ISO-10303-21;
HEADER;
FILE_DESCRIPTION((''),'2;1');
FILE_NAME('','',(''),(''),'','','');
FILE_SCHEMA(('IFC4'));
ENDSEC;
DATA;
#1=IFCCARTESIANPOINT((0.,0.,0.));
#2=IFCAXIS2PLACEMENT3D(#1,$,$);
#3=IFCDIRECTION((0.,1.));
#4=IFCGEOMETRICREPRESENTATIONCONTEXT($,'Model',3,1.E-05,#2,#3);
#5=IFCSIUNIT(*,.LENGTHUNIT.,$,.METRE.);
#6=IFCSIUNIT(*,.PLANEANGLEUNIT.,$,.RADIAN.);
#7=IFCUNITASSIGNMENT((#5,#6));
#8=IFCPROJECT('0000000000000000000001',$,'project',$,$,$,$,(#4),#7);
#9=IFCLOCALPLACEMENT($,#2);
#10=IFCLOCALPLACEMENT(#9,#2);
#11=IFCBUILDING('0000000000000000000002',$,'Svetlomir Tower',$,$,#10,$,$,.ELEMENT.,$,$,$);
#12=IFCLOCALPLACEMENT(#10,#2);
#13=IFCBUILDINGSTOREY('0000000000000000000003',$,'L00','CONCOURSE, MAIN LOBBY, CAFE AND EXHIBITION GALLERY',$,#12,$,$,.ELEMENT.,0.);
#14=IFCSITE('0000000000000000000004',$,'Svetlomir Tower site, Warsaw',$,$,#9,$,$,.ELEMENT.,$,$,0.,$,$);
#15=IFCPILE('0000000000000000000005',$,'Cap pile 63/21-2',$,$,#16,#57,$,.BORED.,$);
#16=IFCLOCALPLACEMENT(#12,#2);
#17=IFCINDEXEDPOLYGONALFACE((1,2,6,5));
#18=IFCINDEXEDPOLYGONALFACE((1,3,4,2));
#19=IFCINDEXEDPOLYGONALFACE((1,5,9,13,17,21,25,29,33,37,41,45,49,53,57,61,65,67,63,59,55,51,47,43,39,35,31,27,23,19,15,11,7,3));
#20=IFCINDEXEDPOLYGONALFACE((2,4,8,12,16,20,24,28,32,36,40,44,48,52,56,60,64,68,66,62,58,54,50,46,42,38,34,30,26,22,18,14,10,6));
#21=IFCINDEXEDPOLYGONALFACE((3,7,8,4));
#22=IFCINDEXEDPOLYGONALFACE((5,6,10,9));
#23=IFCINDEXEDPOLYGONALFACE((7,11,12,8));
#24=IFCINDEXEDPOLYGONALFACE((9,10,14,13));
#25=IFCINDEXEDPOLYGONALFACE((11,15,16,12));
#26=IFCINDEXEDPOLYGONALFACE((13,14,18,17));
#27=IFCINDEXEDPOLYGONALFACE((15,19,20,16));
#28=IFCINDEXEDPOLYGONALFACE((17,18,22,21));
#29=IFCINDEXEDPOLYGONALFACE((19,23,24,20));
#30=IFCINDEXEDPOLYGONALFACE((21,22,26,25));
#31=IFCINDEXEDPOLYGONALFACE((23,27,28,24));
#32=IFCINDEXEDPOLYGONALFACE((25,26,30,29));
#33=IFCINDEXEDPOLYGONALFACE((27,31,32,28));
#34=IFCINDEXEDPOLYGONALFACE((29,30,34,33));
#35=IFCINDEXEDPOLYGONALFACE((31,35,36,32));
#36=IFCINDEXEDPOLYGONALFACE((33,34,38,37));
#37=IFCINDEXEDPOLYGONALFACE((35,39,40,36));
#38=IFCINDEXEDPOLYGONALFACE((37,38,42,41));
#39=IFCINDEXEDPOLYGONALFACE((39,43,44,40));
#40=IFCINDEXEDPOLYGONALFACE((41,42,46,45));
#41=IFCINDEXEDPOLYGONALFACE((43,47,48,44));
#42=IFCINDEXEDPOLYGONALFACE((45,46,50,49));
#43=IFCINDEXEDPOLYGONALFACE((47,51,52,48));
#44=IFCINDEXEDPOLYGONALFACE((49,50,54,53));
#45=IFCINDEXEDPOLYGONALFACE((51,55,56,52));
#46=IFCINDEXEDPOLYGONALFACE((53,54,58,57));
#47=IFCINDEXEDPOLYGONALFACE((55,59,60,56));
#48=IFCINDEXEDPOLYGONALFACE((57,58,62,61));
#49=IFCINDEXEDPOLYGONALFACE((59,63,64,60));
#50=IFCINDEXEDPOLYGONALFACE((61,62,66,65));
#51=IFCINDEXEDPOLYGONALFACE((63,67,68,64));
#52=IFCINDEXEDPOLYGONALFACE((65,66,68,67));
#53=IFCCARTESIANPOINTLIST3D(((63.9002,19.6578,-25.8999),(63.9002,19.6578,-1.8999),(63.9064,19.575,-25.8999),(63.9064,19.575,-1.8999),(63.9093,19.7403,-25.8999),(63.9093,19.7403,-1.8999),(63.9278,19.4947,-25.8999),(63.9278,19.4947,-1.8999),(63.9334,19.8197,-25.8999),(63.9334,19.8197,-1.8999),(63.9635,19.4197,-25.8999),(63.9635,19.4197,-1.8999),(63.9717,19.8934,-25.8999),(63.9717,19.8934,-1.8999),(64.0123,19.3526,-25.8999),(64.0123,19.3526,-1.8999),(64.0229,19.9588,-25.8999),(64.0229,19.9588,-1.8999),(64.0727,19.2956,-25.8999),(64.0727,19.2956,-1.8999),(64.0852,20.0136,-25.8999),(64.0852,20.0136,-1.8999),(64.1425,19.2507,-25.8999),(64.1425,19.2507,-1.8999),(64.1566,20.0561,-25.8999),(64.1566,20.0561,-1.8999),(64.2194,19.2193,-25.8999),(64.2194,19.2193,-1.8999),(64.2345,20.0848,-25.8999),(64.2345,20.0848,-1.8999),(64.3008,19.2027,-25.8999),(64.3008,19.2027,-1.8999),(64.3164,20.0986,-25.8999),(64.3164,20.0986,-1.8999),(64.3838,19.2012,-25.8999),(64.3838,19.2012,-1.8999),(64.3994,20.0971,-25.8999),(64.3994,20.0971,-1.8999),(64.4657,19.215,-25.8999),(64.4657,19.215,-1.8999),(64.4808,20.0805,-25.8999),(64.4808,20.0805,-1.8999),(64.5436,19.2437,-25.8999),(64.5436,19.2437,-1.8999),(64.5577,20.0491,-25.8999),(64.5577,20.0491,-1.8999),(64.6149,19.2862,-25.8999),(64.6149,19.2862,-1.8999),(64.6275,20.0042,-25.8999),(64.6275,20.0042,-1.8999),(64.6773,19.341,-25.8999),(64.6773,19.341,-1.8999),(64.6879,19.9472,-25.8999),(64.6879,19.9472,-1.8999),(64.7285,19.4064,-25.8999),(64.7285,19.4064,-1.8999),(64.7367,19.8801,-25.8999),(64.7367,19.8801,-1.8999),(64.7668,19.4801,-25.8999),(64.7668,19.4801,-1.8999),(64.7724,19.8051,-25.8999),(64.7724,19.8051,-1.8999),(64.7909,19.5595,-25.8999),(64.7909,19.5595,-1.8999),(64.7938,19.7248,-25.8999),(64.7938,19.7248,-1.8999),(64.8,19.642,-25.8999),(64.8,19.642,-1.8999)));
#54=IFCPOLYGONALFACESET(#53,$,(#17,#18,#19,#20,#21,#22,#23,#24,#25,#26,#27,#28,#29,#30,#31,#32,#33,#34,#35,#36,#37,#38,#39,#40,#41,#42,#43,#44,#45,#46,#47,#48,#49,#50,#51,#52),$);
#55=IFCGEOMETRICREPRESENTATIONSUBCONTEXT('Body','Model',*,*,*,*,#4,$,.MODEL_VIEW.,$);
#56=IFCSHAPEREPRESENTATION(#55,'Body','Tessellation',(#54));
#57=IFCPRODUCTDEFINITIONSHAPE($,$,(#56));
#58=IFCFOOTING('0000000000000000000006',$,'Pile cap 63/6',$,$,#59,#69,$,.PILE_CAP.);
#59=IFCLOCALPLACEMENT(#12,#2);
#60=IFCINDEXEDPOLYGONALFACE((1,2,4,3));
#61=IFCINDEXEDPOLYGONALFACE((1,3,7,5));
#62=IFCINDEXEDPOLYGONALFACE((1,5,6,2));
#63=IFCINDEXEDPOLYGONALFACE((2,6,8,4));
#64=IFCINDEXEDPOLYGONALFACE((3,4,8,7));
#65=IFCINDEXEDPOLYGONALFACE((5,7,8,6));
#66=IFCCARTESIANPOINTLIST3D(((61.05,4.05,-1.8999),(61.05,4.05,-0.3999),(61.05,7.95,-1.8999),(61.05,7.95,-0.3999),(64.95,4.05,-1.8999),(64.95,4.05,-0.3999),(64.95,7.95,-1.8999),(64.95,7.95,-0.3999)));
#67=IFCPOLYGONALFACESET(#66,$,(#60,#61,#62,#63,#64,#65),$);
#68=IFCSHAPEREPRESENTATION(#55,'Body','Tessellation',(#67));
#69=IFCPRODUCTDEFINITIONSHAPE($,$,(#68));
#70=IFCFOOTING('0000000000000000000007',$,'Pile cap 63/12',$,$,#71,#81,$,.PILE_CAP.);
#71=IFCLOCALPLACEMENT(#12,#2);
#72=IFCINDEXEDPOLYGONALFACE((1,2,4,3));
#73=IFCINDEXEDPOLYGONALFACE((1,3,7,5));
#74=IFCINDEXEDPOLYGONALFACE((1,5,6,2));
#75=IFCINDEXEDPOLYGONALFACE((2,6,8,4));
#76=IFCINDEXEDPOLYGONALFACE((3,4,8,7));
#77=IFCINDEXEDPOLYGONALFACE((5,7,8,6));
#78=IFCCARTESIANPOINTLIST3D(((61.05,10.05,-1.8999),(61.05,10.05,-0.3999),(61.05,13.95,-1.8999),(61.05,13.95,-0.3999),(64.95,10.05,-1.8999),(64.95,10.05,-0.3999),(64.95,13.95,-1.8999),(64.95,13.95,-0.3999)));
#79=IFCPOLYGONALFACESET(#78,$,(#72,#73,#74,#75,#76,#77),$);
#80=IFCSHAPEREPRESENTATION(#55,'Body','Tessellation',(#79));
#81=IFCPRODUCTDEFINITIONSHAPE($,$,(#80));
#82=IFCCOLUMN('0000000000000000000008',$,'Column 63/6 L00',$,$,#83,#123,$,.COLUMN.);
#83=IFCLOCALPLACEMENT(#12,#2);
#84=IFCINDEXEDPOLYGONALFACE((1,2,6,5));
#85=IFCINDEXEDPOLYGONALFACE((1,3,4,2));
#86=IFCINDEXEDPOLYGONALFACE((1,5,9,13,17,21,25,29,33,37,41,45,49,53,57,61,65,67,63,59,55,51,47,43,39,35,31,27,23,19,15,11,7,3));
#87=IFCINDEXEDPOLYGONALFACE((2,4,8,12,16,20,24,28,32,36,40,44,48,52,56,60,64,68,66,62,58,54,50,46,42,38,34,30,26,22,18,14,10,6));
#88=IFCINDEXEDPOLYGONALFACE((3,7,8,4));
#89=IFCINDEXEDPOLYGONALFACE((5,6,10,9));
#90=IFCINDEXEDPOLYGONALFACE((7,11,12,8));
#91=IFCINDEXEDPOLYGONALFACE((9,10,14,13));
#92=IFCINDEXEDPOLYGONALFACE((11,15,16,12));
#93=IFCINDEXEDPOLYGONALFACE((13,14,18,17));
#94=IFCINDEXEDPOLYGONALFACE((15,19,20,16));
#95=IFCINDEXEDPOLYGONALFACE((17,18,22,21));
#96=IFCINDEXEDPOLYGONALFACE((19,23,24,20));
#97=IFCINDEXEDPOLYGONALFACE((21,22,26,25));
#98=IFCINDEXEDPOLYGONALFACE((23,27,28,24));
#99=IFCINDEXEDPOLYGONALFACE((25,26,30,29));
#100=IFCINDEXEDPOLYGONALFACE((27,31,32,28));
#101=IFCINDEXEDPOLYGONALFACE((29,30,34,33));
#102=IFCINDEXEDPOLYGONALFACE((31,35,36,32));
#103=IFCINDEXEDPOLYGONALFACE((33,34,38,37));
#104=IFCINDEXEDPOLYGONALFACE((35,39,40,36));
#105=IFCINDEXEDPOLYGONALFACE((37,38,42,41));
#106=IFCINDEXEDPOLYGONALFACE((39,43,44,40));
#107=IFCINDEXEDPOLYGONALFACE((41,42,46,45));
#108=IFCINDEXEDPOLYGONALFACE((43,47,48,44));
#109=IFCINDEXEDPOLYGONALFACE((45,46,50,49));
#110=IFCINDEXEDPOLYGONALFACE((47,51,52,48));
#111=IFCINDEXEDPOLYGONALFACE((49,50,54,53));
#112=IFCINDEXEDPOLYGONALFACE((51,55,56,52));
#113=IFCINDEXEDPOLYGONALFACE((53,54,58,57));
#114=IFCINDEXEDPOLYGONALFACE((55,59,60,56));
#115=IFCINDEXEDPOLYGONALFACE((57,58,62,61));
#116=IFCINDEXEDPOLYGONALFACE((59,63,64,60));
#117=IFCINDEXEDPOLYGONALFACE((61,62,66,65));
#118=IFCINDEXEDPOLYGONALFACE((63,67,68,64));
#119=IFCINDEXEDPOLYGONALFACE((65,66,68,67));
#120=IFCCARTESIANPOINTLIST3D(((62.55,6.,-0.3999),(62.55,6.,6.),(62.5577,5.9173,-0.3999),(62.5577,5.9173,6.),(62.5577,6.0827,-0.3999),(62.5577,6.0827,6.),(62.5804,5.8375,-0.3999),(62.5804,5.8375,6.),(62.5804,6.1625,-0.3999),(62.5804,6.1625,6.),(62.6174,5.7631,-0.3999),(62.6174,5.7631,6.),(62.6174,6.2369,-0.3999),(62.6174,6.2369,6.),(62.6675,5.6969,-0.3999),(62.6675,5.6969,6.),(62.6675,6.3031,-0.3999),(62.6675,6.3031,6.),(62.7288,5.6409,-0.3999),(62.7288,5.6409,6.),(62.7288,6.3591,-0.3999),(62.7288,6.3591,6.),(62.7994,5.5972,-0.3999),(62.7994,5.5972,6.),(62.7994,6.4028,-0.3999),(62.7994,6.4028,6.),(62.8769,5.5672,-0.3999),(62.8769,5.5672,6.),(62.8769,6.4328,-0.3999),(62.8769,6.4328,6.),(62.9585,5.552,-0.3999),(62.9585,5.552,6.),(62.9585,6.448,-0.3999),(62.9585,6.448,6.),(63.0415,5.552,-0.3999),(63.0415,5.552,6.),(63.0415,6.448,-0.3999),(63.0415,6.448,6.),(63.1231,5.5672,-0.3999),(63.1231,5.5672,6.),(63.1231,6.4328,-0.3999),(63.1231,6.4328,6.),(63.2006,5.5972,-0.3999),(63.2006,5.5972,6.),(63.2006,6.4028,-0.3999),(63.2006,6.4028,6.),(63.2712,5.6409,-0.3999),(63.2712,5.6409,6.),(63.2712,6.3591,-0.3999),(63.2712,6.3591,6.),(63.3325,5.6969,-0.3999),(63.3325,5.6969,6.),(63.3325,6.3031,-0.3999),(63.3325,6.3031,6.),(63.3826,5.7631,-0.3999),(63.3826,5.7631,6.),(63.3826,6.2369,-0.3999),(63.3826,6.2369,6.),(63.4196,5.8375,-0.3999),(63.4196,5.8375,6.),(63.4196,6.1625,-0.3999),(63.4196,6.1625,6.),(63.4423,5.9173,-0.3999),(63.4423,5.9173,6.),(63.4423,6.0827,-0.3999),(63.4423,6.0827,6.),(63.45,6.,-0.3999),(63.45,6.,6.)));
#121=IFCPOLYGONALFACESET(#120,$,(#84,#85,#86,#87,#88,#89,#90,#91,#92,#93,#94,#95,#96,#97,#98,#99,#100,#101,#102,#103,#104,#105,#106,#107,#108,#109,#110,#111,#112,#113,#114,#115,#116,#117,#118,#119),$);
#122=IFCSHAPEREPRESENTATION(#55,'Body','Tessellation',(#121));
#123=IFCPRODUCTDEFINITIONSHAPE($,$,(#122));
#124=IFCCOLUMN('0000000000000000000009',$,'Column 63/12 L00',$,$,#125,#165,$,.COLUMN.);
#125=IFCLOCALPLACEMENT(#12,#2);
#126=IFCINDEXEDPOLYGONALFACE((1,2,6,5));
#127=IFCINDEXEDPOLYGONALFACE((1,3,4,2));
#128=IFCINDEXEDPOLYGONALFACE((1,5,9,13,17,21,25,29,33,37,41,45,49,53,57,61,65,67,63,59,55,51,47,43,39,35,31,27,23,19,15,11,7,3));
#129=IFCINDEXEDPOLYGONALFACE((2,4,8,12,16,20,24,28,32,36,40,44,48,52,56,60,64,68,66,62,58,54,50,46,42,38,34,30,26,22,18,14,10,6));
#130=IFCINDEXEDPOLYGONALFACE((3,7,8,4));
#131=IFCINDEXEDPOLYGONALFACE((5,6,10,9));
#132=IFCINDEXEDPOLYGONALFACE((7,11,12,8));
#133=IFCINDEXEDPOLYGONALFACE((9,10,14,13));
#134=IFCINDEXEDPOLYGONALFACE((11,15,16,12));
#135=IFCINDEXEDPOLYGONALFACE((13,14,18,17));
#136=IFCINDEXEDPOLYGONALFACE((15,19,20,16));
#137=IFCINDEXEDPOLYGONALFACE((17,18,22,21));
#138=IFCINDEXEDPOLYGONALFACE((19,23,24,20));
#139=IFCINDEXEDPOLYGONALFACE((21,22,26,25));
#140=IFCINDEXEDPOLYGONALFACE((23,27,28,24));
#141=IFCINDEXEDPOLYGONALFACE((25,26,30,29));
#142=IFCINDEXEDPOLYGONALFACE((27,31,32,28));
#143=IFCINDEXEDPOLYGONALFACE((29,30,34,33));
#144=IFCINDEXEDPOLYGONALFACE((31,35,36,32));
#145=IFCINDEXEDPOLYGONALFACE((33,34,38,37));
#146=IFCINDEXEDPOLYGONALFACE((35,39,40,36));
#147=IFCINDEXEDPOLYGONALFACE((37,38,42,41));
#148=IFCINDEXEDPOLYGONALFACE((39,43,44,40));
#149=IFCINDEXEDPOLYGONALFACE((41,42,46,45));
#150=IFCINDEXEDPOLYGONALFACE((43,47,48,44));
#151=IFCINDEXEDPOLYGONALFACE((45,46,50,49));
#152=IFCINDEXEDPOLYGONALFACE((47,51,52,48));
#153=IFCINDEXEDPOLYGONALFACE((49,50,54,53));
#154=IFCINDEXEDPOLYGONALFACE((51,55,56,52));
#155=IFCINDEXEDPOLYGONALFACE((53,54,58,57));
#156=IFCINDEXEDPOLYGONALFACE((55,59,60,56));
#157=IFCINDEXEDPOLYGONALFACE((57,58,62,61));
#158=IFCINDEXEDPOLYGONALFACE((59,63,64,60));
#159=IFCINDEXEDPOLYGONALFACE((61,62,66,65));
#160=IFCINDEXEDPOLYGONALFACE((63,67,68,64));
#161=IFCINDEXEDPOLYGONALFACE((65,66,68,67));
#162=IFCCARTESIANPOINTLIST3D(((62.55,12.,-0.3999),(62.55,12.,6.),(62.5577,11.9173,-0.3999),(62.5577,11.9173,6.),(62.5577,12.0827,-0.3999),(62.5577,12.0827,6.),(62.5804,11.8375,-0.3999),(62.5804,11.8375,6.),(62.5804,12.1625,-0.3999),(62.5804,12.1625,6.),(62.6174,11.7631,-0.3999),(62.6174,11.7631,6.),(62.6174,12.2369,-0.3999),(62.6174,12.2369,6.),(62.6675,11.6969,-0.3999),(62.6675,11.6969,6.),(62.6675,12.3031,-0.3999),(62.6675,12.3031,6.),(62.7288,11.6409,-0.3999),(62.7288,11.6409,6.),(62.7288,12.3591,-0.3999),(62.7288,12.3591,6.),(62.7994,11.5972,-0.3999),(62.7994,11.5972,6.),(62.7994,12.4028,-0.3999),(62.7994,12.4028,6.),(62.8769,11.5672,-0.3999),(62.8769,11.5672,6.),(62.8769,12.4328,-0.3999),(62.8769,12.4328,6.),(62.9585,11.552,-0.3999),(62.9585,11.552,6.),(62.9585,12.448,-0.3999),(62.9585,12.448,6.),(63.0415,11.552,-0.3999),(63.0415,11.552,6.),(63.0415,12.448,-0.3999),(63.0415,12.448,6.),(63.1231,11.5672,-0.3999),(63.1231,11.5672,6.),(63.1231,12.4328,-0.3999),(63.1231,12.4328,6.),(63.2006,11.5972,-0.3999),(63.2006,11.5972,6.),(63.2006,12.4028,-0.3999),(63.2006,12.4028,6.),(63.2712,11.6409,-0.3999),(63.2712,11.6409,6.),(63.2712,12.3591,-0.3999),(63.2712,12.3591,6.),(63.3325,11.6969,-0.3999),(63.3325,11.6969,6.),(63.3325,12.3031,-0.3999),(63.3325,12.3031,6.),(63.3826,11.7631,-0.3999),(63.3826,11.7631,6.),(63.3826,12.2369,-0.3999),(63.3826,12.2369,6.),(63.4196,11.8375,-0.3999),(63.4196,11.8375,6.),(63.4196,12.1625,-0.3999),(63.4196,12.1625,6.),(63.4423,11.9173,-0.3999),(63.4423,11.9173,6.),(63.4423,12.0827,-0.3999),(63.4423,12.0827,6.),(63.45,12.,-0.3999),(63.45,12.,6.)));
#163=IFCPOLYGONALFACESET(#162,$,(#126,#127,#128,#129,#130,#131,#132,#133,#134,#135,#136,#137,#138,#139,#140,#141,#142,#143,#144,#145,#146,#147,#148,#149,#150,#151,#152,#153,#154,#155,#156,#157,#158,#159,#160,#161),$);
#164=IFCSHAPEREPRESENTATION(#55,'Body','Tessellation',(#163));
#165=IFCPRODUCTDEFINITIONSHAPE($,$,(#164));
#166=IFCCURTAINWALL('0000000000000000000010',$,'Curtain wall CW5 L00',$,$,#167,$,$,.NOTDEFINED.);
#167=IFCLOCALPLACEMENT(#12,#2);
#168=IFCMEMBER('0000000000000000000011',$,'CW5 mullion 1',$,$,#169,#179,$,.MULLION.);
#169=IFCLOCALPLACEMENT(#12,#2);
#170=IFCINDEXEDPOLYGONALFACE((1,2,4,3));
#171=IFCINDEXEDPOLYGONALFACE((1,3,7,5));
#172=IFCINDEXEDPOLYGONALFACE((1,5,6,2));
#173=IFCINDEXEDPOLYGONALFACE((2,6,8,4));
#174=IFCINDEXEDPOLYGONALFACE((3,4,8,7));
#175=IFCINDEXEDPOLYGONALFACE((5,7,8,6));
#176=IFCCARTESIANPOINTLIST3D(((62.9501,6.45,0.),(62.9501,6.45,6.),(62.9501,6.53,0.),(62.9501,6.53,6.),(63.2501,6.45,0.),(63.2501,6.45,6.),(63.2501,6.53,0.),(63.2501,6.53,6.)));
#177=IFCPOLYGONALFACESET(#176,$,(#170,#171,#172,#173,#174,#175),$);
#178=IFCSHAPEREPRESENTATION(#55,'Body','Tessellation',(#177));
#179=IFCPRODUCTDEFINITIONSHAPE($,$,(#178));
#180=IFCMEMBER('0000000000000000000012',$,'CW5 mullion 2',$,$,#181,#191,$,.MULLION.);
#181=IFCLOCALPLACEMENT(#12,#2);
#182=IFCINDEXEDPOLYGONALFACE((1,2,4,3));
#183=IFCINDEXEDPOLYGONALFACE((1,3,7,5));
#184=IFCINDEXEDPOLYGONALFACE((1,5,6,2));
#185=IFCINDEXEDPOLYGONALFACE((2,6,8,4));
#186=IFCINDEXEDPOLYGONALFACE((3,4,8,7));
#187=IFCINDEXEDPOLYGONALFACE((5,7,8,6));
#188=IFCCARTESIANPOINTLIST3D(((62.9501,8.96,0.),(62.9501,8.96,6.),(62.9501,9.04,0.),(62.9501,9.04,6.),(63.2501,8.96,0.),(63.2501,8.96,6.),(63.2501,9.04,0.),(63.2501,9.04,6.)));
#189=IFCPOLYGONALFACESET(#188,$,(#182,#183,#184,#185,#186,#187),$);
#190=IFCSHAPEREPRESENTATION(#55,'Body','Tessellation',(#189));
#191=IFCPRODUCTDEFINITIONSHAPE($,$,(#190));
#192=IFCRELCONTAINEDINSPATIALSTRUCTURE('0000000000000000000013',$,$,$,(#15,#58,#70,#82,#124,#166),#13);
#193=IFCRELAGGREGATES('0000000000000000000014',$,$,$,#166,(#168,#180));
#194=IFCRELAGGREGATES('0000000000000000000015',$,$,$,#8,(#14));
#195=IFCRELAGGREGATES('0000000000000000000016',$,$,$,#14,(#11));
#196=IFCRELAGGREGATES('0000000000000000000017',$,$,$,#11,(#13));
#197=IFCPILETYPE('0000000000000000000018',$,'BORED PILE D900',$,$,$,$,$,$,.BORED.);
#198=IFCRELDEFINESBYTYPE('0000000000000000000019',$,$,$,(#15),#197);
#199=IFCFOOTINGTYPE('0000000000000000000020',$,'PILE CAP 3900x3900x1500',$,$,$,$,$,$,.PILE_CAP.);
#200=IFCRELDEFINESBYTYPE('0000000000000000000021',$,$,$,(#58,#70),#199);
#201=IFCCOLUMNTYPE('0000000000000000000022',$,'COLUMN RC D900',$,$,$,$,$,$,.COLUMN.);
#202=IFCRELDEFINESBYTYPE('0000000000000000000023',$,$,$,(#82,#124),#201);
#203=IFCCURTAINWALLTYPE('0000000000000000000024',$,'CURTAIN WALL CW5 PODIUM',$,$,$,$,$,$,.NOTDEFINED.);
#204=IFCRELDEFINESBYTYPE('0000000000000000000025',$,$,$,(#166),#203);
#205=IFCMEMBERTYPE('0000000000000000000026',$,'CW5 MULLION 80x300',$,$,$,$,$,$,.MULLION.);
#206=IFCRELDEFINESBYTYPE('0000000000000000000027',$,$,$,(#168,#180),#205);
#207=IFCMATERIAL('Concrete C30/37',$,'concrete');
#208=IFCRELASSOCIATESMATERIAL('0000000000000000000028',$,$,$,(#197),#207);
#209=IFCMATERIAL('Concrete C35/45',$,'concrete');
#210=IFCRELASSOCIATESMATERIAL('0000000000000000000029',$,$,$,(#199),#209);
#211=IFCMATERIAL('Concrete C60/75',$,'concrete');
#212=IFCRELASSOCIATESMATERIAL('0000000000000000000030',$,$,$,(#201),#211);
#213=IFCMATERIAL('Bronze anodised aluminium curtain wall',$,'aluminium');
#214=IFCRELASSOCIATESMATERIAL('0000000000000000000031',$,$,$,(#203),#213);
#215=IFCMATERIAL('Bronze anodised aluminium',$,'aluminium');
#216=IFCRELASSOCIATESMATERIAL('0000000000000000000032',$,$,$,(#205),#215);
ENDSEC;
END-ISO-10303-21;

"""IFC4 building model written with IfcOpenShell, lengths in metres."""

from ifc_helpers import new_model, si_unit, direction, frame, frame_2d, origin, origin_2d, place, context, subcontext, project, spatial, rectangle, circle, extrude, material, material_profile, profile_set, type_object, element, aggregate, save


model = new_model("IFC4")

# Units and contexts
model_context = context("Model", 3, precision=1e-05, world=origin(), true_north=direction((0.0, 1.0)))
body_context = subcontext(model_context, "Body", "Model", "MODEL_VIEW")
ifc_project = project(units=[si_unit("LENGTHUNIT", "METRE"), si_unit("PLANEANGLEUNIT", "RADIAN")], contexts=[model_context])

# Site, building, storey
site_placement = place(None, origin())
site = spatial("IfcSite", under=ifc_project, at=site_placement, Name="Svetlomir Tower site, Warsaw", CompositionType="ELEMENT", RefElevation=0.0)
building_placement = place(site_placement, origin())
building = spatial("IfcBuilding", under=site, at=building_placement, Name="Svetlomir Tower", CompositionType="ELEMENT")
storey_placement = place(building_placement, origin())
storey = spatial("IfcBuildingStorey", under=building, at=storey_placement, Name="L00", Description="CONCOURSE, MAIN LOBBY, CAFE AND EXHIBITION GALLERY", CompositionType="ELEMENT", Elevation=0.0)

# Pile
ifc_material_1 = material(Name="Concrete C30/37", Category="concrete")
ifc_material_profile_1 = material_profile(ifc_material_1, circle(Radius=0.45, at=origin_2d()), Name="RC D900")
ifc_profile_set_1 = profile_set([ifc_material_profile_1], Name="Concrete C30/37")
pile_type = type_object("IfcPileType", Name="BORED PILE D900", PredefinedType="BORED", material=ifc_profile_set_1)
for number, where, z_axis, x_axis, name in (
    (1, (64.3501, 19.6499, -1.8999), (0.0, 0.0, -1.0), (1.0, 0.0, 0.0), "Cap pile 63/21-2"),
):
    element("IfcPile", number, at=place(storey_placement, frame(where, z_axis=z_axis, x_axis=x_axis)), inside=storey, type_object=pile_type, Name=name, PredefinedType="BORED", context=body_context, shape_type="SweptSolid", body=[
        extrude(circle(Radius=0.45, at=frame_2d((0.0, 0.0), x_axis=(0.999848, 0.017452))), origin(), (0.0, 0.0, 1.0), 24.0),
    ])

# Footings
ifc_material_2 = material(Name="Concrete C35/45", Category="concrete")
footing_type = type_object("IfcFootingType", Name="PILE CAP 3900x3900x1500", PredefinedType="PILE_CAP", material=ifc_material_2)
for number, where, z_axis, x_axis, name in (
    (2, (63.0, 6.0, -1.8999), (0.0, 0.0, 1.0), (1.0, 0.0, 0.0), "Pile cap 63/6"),
    (3, (63.0, 12.0, -1.8999), (0.0, 0.0, 1.0), (1.0, 0.0, 0.0), "Pile cap 63/12"),
):
    element("IfcFooting", number, at=place(storey_placement, frame(where, z_axis=z_axis, x_axis=x_axis)), inside=storey, type_object=footing_type, Name=name, PredefinedType="PILE_CAP", context=body_context, shape_type="SweptSolid", body=[
        extrude(rectangle(XDim=3.8999, YDim=3.8999, at=origin_2d()), origin(), (0.0, 0.0, 1.0), 1.5),
    ])

# Columns
ifc_material_3 = material(Name="Concrete C60/75", Category="concrete")
ifc_material_profile_2 = material_profile(ifc_material_3, circle(Radius=0.45, at=origin_2d()), Name="RC D900")
ifc_profile_set_2 = profile_set([ifc_material_profile_2], Name="Concrete C60/75")
column_type = type_object("IfcColumnType", Name="COLUMN RC D900", PredefinedType="COLUMN", material=ifc_profile_set_2)
for number, where, z_axis, x_axis, name in (
    (4, (63.0, 6.0, -0.3999), (0.0, 0.0, 1.0), (1.0, 0.0, 0.0), "Column 63/6 L00"),
    (5, (63.0, 12.0, -0.3999), (0.0, 0.0, 1.0), (1.0, 0.0, 0.0), "Column 63/12 L00"),
):
    element("IfcColumn", number, at=place(storey_placement, frame(where, z_axis=z_axis, x_axis=x_axis)), inside=storey, type_object=column_type, Name=name, PredefinedType="COLUMN", context=body_context, shape_type="SweptSolid", body=[
        extrude(circle(Radius=0.45, at=origin_2d()), origin(), (0.0, 0.0, 1.0), 6.3999),
    ])

# Curtain wall, members
ifc_material_4 = material(Name="Bronze anodised aluminium curtain wall", Category="aluminium")
curtain_wall_type = type_object("IfcCurtainWallType", Name="CURTAIN WALL CW5 PODIUM", PredefinedType="NOTDEFINED", material=ifc_material_4)
curtain_wall_1_placement = place(storey_placement, origin())
curtain_wall_1 = element("IfcCurtainWall", 6, at=curtain_wall_1_placement, inside=storey, type_object=curtain_wall_type, Name="Curtain wall CW5 L00", PredefinedType="NOTDEFINED")
ifc_material_5 = material(Name="Bronze anodised aluminium", Category="aluminium")
ifc_material_profile_3 = material_profile(ifc_material_5, rectangle(XDim=0.0801, YDim=0.3, at=origin_2d()), Name="AL 80x300")
ifc_profile_set_3 = profile_set([ifc_material_profile_3], Name="Bronze anodised aluminium 6063-T6")
member_type_1 = type_object("IfcMemberType", Name="CW5 MULLION 80x300", PredefinedType="MULLION", material=ifc_profile_set_3)
member_1_placement = place(storey_placement, frame((63.1001, 6.49, 0.0), z_axis=(0.0, 0.0, 1.0), x_axis=(0.0, 1.0, 0.0)))
member_1 = element("IfcMember", 7, at=member_1_placement, type_object=member_type_1, Name="CW5 mullion 1", PredefinedType="MULLION", context=body_context, shape_type="SweptSolid", body=[
    extrude(rectangle(XDim=0.0801, YDim=0.3, at=origin_2d()), origin(), (0.0, 0.0, 1.0), 6.0),
])
member_2_placement = place(storey_placement, frame((63.1001, 9.0, 0.0), z_axis=(0.0, 0.0, 1.0), x_axis=(0.0, 1.0, 0.0)))
member_2 = element("IfcMember", 8, at=member_2_placement, type_object=member_type_1, Name="CW5 mullion 2", PredefinedType="MULLION", context=body_context, shape_type="SweptSolid", body=[
    extrude(rectangle(XDim=0.0801, YDim=0.3, at=origin_2d()), origin(), (0.0, 0.0, 1.0), 6.0),
])

aggregate(curtain_wall_1, [member_1, member_2])

save(model, "model.ifc")
